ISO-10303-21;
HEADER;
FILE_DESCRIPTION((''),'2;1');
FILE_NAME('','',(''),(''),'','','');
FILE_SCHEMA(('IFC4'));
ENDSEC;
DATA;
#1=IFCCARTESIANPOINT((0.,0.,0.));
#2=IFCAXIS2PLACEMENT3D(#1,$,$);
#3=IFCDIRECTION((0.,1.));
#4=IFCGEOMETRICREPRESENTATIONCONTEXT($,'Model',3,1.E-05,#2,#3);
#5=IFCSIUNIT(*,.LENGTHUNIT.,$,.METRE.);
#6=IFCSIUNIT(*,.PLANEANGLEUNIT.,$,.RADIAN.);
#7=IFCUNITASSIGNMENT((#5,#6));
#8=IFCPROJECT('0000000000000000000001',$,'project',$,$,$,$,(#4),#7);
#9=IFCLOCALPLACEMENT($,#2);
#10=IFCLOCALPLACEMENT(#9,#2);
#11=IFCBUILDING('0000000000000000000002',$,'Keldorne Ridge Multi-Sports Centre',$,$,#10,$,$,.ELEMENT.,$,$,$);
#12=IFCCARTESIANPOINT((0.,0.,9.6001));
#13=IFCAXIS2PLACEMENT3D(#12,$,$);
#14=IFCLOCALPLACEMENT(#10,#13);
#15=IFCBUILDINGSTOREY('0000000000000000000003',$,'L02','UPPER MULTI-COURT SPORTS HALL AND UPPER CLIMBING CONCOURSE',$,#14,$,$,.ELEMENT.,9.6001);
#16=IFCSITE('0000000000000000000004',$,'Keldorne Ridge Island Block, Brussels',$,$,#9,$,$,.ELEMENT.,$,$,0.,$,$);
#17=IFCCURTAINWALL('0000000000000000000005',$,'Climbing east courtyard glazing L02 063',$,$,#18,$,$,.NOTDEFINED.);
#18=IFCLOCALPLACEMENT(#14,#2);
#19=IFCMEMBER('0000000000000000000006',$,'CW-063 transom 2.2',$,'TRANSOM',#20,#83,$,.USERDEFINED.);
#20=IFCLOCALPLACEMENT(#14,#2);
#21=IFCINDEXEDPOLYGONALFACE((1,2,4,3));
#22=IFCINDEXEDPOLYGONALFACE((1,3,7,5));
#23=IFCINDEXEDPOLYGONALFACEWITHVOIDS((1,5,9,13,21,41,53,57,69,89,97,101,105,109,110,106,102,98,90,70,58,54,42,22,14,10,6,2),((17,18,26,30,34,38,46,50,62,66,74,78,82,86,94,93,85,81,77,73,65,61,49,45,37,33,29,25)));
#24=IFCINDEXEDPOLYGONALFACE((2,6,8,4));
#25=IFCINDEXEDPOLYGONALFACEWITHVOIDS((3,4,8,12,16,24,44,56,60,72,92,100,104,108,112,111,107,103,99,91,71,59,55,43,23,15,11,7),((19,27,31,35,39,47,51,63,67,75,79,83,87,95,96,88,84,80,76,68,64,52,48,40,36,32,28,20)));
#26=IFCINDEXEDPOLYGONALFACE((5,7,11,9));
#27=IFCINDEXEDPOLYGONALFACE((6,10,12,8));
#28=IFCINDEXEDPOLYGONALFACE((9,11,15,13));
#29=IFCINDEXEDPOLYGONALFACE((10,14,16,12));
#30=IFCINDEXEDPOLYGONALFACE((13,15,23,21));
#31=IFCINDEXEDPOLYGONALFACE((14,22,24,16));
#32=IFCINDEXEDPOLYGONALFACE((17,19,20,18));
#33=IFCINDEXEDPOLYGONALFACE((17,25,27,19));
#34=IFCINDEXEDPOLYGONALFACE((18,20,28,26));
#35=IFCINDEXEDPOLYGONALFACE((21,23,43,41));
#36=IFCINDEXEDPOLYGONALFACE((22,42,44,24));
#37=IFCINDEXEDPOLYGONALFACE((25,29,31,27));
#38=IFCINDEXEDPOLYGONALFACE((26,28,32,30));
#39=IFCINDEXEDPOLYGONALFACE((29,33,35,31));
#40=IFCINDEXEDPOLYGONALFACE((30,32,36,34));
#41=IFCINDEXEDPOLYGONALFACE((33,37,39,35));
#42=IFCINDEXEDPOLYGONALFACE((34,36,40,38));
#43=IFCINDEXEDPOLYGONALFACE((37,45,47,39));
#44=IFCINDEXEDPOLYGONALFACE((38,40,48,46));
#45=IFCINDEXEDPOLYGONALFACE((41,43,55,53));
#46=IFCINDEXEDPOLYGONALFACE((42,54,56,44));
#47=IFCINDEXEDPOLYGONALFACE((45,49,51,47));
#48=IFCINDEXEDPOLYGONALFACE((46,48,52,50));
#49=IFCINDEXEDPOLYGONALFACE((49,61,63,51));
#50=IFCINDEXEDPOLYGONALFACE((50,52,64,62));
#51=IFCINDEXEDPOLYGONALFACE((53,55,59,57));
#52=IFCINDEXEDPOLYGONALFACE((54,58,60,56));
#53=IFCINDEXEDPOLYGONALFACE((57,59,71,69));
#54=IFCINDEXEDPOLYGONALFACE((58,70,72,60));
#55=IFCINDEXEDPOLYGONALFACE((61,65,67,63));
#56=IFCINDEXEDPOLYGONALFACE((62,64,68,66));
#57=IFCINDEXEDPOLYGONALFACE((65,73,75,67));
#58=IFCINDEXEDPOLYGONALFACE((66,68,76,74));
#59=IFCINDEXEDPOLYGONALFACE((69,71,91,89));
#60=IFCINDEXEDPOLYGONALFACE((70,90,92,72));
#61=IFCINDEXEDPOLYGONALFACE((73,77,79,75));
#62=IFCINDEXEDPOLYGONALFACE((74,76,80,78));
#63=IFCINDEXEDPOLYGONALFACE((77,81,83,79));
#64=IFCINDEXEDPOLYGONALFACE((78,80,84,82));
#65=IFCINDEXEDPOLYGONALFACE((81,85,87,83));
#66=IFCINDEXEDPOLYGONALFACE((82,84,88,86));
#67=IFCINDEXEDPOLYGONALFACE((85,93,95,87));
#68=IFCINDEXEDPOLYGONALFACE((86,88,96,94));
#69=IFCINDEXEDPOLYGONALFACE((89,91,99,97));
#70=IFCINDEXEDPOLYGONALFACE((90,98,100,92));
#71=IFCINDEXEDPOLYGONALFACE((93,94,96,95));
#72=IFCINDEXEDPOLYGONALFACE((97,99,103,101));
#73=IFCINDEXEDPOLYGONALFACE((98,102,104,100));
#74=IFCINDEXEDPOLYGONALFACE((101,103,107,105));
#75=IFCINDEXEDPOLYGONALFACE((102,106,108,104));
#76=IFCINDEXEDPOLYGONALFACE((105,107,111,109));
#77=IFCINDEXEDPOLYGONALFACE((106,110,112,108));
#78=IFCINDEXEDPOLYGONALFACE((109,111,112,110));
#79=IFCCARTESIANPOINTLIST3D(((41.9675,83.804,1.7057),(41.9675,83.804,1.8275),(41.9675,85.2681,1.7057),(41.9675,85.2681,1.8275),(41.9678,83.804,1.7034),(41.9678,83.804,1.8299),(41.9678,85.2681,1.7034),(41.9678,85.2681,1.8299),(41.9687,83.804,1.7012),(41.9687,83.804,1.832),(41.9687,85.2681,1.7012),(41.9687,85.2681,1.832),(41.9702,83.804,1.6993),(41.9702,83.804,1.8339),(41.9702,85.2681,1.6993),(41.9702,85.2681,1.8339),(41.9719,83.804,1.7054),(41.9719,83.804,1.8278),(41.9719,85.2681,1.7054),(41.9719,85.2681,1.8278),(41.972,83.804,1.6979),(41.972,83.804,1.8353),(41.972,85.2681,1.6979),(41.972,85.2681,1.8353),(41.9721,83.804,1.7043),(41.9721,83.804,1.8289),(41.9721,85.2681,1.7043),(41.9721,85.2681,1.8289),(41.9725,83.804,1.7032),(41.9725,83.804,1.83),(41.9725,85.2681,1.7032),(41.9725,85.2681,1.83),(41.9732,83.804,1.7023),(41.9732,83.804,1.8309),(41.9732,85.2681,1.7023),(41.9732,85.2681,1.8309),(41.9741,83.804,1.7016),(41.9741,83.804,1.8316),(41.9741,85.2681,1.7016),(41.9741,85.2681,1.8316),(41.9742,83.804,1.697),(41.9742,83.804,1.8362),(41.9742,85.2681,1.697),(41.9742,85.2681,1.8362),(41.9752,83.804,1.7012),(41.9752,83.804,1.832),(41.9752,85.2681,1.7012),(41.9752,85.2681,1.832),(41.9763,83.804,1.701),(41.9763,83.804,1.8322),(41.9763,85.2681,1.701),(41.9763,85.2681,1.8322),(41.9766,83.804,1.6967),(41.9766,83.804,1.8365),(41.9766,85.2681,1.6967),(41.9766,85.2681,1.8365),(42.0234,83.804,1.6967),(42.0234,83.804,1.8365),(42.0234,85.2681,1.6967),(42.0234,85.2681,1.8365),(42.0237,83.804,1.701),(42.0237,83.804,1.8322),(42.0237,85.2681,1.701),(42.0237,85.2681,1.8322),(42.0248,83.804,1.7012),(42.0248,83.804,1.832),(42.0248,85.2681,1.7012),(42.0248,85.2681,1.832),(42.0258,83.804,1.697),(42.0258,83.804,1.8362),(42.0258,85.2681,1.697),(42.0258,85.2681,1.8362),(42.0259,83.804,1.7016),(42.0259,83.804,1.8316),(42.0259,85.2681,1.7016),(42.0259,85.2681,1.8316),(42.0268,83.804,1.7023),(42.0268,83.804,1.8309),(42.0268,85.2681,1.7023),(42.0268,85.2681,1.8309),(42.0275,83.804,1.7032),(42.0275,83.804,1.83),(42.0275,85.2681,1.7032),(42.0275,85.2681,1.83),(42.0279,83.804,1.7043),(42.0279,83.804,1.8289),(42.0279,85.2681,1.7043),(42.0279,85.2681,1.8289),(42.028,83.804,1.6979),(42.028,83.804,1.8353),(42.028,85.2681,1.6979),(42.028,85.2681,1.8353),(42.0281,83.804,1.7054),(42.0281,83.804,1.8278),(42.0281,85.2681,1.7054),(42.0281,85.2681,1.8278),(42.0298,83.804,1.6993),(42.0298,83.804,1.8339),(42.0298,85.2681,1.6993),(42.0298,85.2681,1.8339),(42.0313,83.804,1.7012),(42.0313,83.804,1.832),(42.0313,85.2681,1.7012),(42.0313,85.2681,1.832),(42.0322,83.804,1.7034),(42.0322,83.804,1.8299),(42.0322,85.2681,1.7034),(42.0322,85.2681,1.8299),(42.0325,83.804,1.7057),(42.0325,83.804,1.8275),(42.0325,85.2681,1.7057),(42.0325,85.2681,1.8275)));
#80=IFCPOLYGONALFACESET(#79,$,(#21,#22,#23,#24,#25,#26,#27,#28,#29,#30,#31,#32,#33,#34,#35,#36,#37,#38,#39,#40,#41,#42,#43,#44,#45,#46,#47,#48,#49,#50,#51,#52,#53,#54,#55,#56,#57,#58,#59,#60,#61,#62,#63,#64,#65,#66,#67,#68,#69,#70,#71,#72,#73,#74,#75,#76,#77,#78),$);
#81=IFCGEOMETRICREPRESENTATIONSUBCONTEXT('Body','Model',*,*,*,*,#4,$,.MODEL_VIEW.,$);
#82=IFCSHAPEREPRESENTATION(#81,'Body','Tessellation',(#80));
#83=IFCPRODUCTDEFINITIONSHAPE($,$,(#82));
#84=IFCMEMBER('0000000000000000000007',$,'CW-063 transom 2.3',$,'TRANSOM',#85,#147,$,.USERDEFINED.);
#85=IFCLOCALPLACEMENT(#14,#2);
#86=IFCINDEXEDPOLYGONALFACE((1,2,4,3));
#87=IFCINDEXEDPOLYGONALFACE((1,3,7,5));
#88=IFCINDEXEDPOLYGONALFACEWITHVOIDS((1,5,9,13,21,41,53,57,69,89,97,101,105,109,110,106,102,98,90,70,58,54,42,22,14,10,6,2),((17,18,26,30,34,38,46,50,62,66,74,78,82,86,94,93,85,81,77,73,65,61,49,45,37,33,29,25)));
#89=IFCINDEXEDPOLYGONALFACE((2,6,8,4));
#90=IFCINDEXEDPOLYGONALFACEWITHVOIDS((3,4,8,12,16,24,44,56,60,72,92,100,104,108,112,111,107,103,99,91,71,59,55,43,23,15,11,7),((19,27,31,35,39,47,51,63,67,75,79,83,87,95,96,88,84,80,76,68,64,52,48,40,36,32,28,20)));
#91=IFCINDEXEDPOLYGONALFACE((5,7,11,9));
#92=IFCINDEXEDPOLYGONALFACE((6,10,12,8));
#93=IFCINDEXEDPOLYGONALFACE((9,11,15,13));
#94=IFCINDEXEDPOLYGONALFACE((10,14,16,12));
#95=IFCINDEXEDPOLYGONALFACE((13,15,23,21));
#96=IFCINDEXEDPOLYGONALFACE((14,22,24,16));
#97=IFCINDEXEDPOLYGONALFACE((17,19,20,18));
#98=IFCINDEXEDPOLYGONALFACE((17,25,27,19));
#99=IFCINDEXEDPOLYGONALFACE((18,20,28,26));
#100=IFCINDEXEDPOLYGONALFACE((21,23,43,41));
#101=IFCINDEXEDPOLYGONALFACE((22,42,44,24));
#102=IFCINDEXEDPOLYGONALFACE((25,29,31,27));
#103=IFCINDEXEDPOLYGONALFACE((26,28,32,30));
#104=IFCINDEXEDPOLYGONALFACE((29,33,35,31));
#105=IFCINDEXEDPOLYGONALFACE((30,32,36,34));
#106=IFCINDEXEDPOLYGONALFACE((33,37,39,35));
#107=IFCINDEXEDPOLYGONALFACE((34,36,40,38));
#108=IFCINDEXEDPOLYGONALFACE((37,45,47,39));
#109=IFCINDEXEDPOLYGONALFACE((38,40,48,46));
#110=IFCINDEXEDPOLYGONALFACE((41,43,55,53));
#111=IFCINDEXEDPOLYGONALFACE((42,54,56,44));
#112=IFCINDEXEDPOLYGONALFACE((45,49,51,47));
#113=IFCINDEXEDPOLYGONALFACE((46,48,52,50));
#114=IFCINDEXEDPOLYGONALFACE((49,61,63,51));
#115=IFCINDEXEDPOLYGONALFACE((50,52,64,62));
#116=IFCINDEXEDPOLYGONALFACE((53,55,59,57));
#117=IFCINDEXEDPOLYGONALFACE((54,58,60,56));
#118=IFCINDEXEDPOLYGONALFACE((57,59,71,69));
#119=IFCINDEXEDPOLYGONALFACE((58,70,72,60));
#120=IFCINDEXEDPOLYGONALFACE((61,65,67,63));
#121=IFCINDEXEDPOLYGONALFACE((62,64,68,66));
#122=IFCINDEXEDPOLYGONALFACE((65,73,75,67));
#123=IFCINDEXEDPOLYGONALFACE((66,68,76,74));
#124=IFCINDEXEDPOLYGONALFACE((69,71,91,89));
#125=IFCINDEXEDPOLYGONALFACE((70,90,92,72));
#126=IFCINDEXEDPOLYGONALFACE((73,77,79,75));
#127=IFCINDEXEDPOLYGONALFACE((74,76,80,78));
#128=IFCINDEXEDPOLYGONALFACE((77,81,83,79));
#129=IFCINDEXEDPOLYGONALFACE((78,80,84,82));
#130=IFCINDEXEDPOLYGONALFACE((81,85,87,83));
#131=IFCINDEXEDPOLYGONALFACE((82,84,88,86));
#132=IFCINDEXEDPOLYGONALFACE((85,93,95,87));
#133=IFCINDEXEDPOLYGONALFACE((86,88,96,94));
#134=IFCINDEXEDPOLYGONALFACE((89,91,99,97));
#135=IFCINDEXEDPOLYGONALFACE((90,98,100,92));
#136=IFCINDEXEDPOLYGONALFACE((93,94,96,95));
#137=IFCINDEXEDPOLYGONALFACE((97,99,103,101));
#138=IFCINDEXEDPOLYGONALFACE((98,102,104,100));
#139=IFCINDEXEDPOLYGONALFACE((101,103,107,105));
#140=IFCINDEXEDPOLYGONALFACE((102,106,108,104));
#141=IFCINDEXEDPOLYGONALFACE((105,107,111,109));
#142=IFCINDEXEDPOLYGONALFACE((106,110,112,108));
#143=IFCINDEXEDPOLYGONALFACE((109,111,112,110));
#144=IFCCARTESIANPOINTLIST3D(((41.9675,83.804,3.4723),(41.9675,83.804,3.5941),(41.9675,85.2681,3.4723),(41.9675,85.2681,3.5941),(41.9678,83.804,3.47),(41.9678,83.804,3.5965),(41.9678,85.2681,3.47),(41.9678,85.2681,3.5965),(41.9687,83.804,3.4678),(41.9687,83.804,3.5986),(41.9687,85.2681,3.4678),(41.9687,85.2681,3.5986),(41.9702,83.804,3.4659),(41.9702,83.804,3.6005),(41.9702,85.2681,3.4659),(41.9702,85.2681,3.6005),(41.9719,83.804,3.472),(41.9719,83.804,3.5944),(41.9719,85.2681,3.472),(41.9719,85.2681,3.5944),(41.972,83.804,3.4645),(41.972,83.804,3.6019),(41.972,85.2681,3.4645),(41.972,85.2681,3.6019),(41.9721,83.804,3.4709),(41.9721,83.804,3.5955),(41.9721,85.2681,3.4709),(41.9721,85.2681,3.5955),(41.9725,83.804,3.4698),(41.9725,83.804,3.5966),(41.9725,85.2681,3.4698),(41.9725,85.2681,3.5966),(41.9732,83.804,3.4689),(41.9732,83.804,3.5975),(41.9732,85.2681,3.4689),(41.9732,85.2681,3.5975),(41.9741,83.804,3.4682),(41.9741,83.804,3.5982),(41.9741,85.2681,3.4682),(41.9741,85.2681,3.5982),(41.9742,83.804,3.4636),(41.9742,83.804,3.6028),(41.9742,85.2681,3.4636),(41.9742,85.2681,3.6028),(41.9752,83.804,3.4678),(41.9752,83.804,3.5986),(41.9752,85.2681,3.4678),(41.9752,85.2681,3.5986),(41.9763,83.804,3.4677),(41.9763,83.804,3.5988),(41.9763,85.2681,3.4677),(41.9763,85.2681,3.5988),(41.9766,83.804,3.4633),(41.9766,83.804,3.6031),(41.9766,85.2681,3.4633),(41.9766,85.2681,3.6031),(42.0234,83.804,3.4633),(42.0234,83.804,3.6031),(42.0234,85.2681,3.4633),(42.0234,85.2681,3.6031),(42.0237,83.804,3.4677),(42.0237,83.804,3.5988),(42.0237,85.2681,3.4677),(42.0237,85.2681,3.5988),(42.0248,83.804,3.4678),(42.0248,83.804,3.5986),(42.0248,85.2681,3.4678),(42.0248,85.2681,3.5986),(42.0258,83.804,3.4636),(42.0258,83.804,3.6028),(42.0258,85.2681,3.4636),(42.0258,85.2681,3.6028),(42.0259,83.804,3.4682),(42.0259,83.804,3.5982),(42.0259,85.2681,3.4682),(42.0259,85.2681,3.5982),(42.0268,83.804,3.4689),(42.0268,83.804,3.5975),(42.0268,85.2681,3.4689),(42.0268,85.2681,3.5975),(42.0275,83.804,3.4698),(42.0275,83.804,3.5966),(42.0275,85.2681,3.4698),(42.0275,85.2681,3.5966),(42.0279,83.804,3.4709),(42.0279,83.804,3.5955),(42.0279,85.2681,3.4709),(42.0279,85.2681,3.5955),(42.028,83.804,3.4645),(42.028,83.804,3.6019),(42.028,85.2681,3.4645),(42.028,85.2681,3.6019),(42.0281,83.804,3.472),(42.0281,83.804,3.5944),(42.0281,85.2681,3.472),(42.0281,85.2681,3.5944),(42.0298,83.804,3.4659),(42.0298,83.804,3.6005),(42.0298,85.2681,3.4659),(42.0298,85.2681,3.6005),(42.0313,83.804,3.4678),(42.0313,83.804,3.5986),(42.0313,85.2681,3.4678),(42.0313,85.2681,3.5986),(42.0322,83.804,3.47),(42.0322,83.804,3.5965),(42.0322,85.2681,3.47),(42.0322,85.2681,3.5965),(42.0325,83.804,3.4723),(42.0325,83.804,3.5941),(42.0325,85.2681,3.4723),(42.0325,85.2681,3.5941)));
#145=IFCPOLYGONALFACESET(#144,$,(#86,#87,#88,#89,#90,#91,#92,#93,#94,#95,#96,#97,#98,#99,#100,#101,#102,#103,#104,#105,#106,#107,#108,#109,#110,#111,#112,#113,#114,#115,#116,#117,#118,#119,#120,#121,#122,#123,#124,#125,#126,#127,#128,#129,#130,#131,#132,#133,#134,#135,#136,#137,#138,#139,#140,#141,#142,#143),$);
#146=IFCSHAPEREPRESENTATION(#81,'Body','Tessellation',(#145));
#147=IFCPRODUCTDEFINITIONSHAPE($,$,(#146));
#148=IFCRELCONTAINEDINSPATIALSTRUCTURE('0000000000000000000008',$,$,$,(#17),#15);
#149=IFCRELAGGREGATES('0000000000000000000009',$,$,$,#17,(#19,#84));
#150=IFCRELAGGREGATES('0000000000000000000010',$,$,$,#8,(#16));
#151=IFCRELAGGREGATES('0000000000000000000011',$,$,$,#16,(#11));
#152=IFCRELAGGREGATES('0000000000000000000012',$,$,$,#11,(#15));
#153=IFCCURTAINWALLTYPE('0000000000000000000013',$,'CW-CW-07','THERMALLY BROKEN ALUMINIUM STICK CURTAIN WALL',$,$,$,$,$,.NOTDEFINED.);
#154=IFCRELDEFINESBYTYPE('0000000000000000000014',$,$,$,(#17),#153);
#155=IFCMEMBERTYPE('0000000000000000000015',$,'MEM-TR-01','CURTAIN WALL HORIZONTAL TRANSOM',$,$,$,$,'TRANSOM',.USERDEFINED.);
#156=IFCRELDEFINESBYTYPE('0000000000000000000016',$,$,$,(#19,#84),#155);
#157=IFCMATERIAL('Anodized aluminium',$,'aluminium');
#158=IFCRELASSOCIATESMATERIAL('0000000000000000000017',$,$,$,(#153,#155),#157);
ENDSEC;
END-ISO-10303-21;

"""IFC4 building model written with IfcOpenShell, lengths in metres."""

from ifc_helpers import new_model, si_unit, direction, frame, origin, origin_2d, place, context, subcontext, project, spatial, hollow_rectangle, extrude, material, material_profile, profile_set, type_object, element, aggregate, save


model = new_model("IFC4")

# Units and contexts
model_context = context("Model", 3, precision=1e-05, world=origin(), true_north=direction((0.0, 1.0)))
body_context = subcontext(model_context, "Body", "Model", "MODEL_VIEW")
ifc_project = project(units=[si_unit("LENGTHUNIT", "METRE"), si_unit("PLANEANGLEUNIT", "RADIAN")], contexts=[model_context])

# Site, building, storey
site_placement = place(None, origin())
site = spatial("IfcSite", under=ifc_project, at=site_placement, Name="Keldorne Ridge Island Block, Brussels", CompositionType="ELEMENT", RefElevation=0.0)
building_placement = place(site_placement, origin())
building = spatial("IfcBuilding", under=site, at=building_placement, Name="Keldorne Ridge Multi-Sports Centre", CompositionType="ELEMENT")
storey_placement = place(building_placement, frame((0.0, 0.0, 9.6001)))
storey = spatial("IfcBuildingStorey", under=building, at=storey_placement, Name="L02", Description="UPPER MULTI-COURT SPORTS HALL AND UPPER CLIMBING CONCOURSE", CompositionType="ELEMENT", Elevation=9.6001)

# Curtain wall, members
ifc_material_1 = material(Name="Anodized aluminium", Category="aluminium")
curtain_wall_type = type_object("IfcCurtainWallType", Name="CW-CW-07", Description="THERMALLY BROKEN ALUMINIUM STICK CURTAIN WALL", PredefinedType="NOTDEFINED", material=ifc_material_1)
curtain_wall_placement = place(storey_placement, origin())
curtain_wall = element("IfcCurtainWall", 1, at=curtain_wall_placement, inside=storey, type_object=curtain_wall_type, Name="Climbing east courtyard glazing L02 063", PredefinedType="NOTDEFINED")
ifc_material_profile_1 = material_profile(ifc_material_1, hollow_rectangle(XDim=0.0649, YDim=0.1399, WallThickness=0.0044, InnerFilletRadius=0.0044, OuterFilletRadius=0.009, at=origin_2d()), Name="ALU TRANSOM 140x65x4.5")
ifc_profile_set_1 = profile_set([ifc_material_profile_1], Name="Anodized aluminium")
member_type_1 = type_object("IfcMemberType", Name="MEM-TR-01", Description="CURTAIN WALL HORIZONTAL TRANSOM", ElementType="TRANSOM", PredefinedType="USERDEFINED", material=ifc_profile_set_1)
member_1_placement = place(storey_placement, frame((42.0, 83.804, 1.7666), z_axis=(0.0, 1.0, 0.0), x_axis=(-1.0, 0.0, 0.0)))
member_1 = element("IfcMember", 2, at=member_1_placement, type_object=member_type_1, Name="CW-063 transom 2.2", ObjectType="TRANSOM", PredefinedType="USERDEFINED", context=body_context, shape_type="SweptSolid", body=[
    extrude(hollow_rectangle(XDim=0.0649, YDim=0.1399, WallThickness=0.0044, InnerFilletRadius=0.0044, OuterFilletRadius=0.009, at=origin_2d()), origin(), (0.0, 0.0, 1.0), 1.4641),
])
member_2_placement = place(storey_placement, frame((42.0, 83.804, 3.5332), z_axis=(0.0, 1.0, 0.0), x_axis=(-1.0, 0.0, 0.0)))
member_2 = element("IfcMember", 3, at=member_2_placement, type_object=member_type_1, Name="CW-063 transom 2.3", ObjectType="TRANSOM", PredefinedType="USERDEFINED", context=body_context, shape_type="SweptSolid", body=[
    extrude(hollow_rectangle(XDim=0.0649, YDim=0.1399, WallThickness=0.0044, InnerFilletRadius=0.0044, OuterFilletRadius=0.009, at=origin_2d()), origin(), (0.0, 0.0, 1.0), 1.4641),
])
aggregate(curtain_wall, [member_1, member_2])

save(model, "model.ifc")
